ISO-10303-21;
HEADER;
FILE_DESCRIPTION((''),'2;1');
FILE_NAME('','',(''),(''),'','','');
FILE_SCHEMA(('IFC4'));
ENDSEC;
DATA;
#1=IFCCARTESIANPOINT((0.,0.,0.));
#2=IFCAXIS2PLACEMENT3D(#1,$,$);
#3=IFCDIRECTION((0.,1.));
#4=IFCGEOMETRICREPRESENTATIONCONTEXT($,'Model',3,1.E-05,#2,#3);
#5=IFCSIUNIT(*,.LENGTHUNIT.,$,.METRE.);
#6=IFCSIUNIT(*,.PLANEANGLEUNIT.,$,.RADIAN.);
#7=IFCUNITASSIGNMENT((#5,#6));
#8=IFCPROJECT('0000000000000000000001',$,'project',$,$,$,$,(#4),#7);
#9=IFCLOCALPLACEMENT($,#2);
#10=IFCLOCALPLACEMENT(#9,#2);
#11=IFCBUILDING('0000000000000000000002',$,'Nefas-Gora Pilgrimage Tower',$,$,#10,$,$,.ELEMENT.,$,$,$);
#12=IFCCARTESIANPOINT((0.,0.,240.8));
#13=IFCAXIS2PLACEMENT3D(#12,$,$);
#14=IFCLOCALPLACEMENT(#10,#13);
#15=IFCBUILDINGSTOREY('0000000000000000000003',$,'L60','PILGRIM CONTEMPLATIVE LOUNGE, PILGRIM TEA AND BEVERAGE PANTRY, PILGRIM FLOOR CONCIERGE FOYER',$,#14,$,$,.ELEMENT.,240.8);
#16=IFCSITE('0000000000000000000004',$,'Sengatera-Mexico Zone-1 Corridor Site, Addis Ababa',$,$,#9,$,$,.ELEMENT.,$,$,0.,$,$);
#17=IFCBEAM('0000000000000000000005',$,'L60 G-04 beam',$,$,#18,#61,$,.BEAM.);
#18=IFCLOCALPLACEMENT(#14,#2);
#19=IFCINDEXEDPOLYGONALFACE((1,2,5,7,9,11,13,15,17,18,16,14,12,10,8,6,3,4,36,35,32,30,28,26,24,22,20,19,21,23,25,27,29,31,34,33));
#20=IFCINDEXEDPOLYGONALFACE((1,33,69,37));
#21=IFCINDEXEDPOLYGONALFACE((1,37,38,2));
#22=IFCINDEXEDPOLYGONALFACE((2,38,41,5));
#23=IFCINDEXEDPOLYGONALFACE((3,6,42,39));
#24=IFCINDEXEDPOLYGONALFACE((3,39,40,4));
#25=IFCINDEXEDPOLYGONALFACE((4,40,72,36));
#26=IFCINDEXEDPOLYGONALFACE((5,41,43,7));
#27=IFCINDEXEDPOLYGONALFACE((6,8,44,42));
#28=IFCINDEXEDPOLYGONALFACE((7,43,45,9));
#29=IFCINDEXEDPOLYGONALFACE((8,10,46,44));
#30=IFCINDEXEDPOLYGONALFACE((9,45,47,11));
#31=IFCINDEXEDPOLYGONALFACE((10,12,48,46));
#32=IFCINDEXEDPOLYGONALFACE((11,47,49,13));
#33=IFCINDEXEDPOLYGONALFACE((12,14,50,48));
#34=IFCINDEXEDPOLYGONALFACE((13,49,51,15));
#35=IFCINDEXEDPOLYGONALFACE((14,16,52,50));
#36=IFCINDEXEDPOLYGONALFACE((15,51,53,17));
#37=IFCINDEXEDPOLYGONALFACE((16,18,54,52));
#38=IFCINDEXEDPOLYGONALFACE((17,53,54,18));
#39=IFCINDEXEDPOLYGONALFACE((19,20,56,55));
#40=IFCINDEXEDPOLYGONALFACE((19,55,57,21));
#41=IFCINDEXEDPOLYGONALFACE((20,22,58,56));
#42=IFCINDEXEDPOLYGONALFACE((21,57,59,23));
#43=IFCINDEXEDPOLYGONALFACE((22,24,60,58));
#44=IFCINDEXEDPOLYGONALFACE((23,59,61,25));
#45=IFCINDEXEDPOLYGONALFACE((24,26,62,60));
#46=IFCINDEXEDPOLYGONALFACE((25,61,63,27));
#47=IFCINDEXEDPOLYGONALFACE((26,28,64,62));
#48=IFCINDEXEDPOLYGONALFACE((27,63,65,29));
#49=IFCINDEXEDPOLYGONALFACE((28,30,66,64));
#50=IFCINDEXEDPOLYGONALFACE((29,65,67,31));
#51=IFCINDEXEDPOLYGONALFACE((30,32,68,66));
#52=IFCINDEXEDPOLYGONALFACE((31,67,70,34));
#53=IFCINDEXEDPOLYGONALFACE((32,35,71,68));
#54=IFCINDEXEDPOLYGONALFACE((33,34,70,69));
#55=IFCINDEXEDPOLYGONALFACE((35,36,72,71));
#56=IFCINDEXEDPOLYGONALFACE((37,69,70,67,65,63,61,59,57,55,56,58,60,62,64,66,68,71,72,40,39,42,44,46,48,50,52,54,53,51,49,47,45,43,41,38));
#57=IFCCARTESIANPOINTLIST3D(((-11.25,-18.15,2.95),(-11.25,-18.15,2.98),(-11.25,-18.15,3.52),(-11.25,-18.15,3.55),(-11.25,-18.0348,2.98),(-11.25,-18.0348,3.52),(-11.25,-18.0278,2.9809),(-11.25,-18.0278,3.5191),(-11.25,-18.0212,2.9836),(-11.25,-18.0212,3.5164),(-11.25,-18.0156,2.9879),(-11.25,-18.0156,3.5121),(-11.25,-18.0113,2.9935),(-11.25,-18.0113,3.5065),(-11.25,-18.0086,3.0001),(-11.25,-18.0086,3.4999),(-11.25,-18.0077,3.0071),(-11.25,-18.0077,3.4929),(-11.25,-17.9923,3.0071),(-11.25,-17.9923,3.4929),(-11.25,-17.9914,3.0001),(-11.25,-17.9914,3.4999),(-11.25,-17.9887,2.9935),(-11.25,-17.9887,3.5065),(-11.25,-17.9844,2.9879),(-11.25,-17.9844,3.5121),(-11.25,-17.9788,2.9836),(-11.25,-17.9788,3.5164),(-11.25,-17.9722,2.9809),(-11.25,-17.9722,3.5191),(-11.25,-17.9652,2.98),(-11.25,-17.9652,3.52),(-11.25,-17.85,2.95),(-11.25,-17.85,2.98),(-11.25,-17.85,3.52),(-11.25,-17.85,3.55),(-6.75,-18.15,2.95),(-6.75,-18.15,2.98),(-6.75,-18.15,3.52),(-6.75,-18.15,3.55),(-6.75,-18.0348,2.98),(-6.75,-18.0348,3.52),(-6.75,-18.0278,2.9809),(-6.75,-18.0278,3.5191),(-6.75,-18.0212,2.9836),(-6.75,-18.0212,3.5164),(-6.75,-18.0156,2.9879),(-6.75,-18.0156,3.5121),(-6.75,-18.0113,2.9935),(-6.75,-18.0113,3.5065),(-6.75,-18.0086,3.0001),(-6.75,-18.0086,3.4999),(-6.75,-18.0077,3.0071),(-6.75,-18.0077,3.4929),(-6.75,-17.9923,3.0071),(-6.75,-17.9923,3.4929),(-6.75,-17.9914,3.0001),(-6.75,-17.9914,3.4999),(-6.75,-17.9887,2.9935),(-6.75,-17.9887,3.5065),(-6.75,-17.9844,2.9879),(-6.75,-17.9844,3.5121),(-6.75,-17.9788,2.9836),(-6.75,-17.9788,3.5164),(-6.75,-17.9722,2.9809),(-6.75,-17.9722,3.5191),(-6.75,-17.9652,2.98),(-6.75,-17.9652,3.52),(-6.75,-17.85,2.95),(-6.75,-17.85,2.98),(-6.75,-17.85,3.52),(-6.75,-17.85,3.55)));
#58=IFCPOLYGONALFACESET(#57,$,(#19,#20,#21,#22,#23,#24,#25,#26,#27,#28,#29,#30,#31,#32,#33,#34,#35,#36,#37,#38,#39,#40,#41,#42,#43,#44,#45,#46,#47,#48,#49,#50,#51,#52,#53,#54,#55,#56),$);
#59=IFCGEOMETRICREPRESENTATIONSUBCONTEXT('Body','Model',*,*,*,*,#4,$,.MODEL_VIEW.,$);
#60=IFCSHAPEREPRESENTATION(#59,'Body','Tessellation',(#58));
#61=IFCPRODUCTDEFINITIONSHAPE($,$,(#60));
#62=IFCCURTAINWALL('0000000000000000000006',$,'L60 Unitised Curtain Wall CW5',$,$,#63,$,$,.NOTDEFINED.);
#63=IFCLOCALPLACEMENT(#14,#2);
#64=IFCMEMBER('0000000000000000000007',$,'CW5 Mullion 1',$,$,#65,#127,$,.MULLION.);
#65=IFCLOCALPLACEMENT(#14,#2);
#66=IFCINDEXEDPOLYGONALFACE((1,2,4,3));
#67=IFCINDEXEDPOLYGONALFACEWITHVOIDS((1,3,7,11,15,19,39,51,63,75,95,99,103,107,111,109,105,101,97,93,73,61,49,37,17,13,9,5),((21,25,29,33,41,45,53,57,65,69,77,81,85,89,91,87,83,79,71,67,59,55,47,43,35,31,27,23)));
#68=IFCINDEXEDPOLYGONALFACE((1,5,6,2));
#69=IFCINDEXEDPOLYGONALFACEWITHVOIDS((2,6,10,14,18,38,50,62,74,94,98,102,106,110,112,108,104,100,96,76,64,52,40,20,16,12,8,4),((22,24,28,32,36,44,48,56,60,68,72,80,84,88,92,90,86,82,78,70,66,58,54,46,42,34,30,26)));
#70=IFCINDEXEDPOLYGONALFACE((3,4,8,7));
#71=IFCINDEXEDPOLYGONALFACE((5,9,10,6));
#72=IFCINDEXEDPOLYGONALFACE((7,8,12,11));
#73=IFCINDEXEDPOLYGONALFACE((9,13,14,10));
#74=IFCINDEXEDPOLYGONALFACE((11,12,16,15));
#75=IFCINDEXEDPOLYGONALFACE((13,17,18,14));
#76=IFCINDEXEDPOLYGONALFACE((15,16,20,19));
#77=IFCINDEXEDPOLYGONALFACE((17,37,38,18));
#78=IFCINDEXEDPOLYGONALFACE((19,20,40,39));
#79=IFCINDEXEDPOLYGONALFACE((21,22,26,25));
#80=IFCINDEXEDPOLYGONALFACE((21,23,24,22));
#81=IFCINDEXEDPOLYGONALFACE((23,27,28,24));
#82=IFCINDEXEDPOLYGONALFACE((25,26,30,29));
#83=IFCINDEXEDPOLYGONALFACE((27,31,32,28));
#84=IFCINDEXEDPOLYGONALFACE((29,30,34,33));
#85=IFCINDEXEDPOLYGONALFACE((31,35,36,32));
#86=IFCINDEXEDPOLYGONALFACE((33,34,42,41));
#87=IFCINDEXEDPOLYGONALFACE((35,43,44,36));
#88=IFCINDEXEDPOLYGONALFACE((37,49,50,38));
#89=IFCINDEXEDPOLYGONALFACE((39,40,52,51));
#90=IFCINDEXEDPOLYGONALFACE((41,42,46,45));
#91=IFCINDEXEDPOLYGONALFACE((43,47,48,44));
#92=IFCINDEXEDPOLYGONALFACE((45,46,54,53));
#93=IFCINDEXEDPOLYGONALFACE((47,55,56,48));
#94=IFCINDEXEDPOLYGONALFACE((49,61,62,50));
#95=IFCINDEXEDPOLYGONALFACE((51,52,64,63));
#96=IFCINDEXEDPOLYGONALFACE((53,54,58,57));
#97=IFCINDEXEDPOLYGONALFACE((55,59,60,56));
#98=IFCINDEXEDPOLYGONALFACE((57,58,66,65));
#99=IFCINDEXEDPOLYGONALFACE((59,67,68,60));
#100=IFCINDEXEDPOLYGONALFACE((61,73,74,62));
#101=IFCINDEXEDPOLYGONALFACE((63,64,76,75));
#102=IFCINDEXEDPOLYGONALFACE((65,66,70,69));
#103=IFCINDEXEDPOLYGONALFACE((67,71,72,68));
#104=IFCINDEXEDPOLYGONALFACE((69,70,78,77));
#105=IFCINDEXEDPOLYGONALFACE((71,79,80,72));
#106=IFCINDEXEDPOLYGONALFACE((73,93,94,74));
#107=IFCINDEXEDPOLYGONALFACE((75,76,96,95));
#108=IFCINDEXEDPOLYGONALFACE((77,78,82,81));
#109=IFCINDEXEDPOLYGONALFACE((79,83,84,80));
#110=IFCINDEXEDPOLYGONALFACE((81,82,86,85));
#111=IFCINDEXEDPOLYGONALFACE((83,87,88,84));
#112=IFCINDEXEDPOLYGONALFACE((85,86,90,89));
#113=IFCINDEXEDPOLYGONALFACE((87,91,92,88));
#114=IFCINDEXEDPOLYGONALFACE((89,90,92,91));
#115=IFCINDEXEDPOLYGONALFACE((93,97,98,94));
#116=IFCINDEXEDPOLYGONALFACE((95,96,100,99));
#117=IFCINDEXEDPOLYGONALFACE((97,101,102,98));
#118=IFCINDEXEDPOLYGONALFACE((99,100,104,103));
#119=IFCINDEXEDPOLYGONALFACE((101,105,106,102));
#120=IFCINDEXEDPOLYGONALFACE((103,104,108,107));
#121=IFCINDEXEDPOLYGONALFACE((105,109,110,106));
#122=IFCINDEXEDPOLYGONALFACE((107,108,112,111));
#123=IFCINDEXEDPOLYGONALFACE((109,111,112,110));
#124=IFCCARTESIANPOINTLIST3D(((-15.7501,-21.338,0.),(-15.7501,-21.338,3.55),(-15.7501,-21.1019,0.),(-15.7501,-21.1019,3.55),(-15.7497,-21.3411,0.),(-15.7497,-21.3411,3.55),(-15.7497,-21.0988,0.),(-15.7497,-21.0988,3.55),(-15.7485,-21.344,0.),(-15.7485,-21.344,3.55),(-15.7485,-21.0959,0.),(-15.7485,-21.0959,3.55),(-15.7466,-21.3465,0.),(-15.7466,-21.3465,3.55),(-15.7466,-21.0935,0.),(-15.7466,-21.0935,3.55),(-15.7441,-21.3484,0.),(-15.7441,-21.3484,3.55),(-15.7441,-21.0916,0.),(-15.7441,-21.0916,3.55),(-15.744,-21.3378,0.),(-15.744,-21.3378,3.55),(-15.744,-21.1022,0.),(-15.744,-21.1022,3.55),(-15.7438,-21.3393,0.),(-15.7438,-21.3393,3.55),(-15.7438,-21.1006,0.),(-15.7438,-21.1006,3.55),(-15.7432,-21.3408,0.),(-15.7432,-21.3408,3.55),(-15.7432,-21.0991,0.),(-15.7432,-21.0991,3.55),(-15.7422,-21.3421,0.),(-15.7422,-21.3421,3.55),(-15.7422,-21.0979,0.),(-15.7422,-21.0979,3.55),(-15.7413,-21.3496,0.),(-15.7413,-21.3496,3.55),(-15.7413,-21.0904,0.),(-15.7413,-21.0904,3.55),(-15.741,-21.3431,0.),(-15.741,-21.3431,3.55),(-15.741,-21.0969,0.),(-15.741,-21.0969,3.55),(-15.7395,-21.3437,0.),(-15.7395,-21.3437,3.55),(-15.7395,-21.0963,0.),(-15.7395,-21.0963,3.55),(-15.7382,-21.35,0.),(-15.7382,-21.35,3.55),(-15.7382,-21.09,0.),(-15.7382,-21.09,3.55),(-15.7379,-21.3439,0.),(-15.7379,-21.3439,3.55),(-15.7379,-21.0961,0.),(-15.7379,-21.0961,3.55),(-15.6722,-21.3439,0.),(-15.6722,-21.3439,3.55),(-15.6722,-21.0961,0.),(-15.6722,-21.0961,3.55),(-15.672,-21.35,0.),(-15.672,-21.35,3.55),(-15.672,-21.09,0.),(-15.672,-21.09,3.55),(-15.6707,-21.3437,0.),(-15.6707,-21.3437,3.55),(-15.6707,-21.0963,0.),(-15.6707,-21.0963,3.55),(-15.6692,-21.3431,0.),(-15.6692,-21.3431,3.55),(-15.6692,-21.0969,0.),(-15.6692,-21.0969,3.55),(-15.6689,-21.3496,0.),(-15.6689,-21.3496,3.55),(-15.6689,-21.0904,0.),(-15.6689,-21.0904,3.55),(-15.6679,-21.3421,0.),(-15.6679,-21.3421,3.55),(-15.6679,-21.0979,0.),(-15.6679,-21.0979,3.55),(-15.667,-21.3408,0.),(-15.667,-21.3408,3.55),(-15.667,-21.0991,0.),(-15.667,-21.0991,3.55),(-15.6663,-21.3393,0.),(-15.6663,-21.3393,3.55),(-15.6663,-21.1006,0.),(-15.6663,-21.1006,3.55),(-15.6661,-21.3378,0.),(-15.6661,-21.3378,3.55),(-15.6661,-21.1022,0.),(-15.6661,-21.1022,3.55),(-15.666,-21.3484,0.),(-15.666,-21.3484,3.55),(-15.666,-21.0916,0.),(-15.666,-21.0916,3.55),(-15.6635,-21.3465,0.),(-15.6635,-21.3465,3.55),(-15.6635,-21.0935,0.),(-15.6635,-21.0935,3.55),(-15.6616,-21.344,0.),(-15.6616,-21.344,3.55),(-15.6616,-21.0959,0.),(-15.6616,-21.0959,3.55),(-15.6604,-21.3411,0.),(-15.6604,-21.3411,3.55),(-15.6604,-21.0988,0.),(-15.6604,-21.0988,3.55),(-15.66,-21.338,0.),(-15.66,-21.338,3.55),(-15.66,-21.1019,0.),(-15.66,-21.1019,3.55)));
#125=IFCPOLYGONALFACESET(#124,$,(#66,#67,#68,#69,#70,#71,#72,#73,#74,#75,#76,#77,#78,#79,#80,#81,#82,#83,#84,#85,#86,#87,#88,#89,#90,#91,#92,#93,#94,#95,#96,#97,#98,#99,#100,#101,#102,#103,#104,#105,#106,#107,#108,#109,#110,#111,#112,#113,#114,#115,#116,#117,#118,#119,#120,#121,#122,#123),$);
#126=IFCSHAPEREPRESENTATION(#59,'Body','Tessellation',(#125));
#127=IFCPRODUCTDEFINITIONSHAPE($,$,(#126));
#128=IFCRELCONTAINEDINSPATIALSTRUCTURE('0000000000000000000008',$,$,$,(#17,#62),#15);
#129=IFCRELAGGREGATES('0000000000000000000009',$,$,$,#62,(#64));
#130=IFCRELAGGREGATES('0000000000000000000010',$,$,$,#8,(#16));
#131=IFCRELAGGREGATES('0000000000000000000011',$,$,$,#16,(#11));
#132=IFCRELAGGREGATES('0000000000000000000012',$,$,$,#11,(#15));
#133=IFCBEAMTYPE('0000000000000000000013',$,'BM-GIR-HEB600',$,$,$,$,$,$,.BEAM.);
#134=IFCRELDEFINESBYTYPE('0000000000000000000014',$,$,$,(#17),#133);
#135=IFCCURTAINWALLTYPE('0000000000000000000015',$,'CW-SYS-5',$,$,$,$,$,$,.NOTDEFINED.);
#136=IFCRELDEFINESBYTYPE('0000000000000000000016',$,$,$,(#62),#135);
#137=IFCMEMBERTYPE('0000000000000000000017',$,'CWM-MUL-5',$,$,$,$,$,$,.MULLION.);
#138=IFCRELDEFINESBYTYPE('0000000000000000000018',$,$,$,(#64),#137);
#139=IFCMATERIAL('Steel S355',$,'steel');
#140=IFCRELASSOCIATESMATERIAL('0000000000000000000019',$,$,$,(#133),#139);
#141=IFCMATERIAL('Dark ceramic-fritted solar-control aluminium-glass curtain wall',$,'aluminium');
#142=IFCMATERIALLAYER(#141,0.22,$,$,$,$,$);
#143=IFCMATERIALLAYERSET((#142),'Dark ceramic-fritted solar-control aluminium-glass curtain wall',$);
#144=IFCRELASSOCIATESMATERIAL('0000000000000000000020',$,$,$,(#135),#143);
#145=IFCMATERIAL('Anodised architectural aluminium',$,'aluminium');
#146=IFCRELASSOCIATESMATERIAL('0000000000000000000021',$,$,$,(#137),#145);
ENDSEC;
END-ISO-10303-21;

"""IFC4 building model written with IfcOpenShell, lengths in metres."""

from ifc_helpers import new_model, si_unit, direction, frame, origin, origin_2d, place, context, subcontext, project, spatial, hollow_rectangle, i_section, extrude, source, transform, mapped, material, layer, layer_set, material_profile, profile_set, type_object, element, aggregate, save


model = new_model("IFC4")

# Units and contexts
model_context = context("Model", 3, precision=1e-05, world=origin(), true_north=direction((0.0, 1.0)))
body_context = subcontext(model_context, "Body", "Model", "MODEL_VIEW")
ifc_project = project(units=[si_unit("LENGTHUNIT", "METRE"), si_unit("PLANEANGLEUNIT", "RADIAN")], contexts=[model_context])

# Site, building, storey
site_placement = place(None, origin())
site = spatial("IfcSite", under=ifc_project, at=site_placement, Name="Sengatera-Mexico Zone-1 Corridor Site, Addis Ababa", CompositionType="ELEMENT", RefElevation=0.0)
building_placement = place(site_placement, origin())
building = spatial("IfcBuilding", under=site, at=building_placement, Name="Nefas-Gora Pilgrimage Tower", CompositionType="ELEMENT")
storey_placement = place(building_placement, frame((0.0, 0.0, 240.8)))
storey = spatial("IfcBuildingStorey", under=building, at=storey_placement, Name="L60", Description="PILGRIM CONTEMPLATIVE LOUNGE, PILGRIM TEA AND BEVERAGE PANTRY, PILGRIM FLOOR CONCIERGE FOYER", CompositionType="ELEMENT", Elevation=240.8)

# Beam
ifc_material_1 = material(Name="Steel S355", Category="steel")
ifc_material_profile_1 = material_profile(ifc_material_1, i_section(OverallWidth=0.3, OverallDepth=0.6001, WebThickness=0.0154, FlangeThickness=0.03, FilletRadius=0.0271, at=origin_2d()), Name="HEB 600")
ifc_profile_set_1 = profile_set([ifc_material_profile_1], Name="Steel S355")
beam_type_1 = type_object("IfcBeamType", Name="BM-GIR-HEB600", PredefinedType="BEAM", material=ifc_profile_set_1)
shared_shape_1 = source(origin(), body_context, "Body", "SweptSolid", [
    extrude(i_section(OverallWidth=0.3, OverallDepth=0.6001, WebThickness=0.0154, FlangeThickness=0.03, FilletRadius=0.0271, at=origin_2d()), origin(), (0.0, 0.0, 1.0), 4.5),
])
for number, where, z_axis, x_axis, name in (
    (1, (-11.25, -18.0, 3.25), (1.0, 0.0, 0.0), (0.0, 1.0, 0.0), "L60 G-04 beam"),
):
    element("IfcBeam", number, at=place(storey_placement, frame(where, z_axis=z_axis, x_axis=x_axis)), inside=storey, type_object=beam_type_1, Name=name, PredefinedType="BEAM", context=body_context, shape_type="MappedRepresentation", body=[
        mapped(shared_shape_1, transform((0.0, 0.0, 0.0), x_axis=(1.0, 0.0, 0.0), y_axis=(0.0, 1.0, 0.0), z_axis=(0.0, 0.0, 1.0), scale=1.0)),
    ])

# Curtain wall, member
ifc_material_2 = material(Name="Dark ceramic-fritted solar-control aluminium-glass curtain wall", Category="aluminium")
ifc_layer_1 = layer(ifc_material_2, 0.22)
ifc_layer_set_1 = layer_set([ifc_layer_1], Name="Dark ceramic-fritted solar-control aluminium-glass curtain wall")
curtain_wall_type_1 = type_object("IfcCurtainWallType", Name="CW-SYS-5", PredefinedType="NOTDEFINED", material=ifc_layer_set_1)
curtain_wall_1_placement = place(storey_placement, origin())
curtain_wall_1 = element("IfcCurtainWall", 2, at=curtain_wall_1_placement, inside=storey, type_object=curtain_wall_type_1, Name="L60 Unitised Curtain Wall CW5", PredefinedType="NOTDEFINED")
ifc_material_3 = material(Name="Anodised architectural aluminium", Category="aluminium")
ifc_material_profile_2 = material_profile(ifc_material_3, hollow_rectangle(XDim=0.0901, YDim=0.26, WallThickness=0.0061, InnerFilletRadius=0.0061, OuterFilletRadius=0.012, at=origin_2d()), Name="ALU MULLION 90x260")
ifc_profile_set_2 = profile_set([ifc_material_profile_2], Name="Anodised architectural aluminium")
member_type_1 = type_object("IfcMemberType", Name="CWM-MUL-5", PredefinedType="MULLION", material=ifc_profile_set_2)
shared_shape_2 = source(origin(), body_context, "Body", "SweptSolid", [
    extrude(hollow_rectangle(XDim=0.0901, YDim=0.26, WallThickness=0.0061, InnerFilletRadius=0.0061, OuterFilletRadius=0.012, at=origin_2d()), origin(), (0.0, 0.0, 1.0), 3.55),
])
member_1_placement = place(storey_placement, frame((-15.7051, -21.22, 0.0), z_axis=(0.0, 0.0, 1.0), x_axis=(1.0, 0.0, 0.0)))
member_1 = element("IfcMember", 3, at=member_1_placement, type_object=member_type_1, Name="CW5 Mullion 1", PredefinedType="MULLION", context=body_context, shape_type="MappedRepresentation", body=[
    mapped(shared_shape_2, transform((0.0, 0.0, 0.0), x_axis=(1.0, 0.0, 0.0), y_axis=(0.0, 1.0, 0.0), z_axis=(0.0, 0.0, 1.0), scale=1.0)),
])

aggregate(curtain_wall_1, [member_1])

save(model, "model.ifc")
